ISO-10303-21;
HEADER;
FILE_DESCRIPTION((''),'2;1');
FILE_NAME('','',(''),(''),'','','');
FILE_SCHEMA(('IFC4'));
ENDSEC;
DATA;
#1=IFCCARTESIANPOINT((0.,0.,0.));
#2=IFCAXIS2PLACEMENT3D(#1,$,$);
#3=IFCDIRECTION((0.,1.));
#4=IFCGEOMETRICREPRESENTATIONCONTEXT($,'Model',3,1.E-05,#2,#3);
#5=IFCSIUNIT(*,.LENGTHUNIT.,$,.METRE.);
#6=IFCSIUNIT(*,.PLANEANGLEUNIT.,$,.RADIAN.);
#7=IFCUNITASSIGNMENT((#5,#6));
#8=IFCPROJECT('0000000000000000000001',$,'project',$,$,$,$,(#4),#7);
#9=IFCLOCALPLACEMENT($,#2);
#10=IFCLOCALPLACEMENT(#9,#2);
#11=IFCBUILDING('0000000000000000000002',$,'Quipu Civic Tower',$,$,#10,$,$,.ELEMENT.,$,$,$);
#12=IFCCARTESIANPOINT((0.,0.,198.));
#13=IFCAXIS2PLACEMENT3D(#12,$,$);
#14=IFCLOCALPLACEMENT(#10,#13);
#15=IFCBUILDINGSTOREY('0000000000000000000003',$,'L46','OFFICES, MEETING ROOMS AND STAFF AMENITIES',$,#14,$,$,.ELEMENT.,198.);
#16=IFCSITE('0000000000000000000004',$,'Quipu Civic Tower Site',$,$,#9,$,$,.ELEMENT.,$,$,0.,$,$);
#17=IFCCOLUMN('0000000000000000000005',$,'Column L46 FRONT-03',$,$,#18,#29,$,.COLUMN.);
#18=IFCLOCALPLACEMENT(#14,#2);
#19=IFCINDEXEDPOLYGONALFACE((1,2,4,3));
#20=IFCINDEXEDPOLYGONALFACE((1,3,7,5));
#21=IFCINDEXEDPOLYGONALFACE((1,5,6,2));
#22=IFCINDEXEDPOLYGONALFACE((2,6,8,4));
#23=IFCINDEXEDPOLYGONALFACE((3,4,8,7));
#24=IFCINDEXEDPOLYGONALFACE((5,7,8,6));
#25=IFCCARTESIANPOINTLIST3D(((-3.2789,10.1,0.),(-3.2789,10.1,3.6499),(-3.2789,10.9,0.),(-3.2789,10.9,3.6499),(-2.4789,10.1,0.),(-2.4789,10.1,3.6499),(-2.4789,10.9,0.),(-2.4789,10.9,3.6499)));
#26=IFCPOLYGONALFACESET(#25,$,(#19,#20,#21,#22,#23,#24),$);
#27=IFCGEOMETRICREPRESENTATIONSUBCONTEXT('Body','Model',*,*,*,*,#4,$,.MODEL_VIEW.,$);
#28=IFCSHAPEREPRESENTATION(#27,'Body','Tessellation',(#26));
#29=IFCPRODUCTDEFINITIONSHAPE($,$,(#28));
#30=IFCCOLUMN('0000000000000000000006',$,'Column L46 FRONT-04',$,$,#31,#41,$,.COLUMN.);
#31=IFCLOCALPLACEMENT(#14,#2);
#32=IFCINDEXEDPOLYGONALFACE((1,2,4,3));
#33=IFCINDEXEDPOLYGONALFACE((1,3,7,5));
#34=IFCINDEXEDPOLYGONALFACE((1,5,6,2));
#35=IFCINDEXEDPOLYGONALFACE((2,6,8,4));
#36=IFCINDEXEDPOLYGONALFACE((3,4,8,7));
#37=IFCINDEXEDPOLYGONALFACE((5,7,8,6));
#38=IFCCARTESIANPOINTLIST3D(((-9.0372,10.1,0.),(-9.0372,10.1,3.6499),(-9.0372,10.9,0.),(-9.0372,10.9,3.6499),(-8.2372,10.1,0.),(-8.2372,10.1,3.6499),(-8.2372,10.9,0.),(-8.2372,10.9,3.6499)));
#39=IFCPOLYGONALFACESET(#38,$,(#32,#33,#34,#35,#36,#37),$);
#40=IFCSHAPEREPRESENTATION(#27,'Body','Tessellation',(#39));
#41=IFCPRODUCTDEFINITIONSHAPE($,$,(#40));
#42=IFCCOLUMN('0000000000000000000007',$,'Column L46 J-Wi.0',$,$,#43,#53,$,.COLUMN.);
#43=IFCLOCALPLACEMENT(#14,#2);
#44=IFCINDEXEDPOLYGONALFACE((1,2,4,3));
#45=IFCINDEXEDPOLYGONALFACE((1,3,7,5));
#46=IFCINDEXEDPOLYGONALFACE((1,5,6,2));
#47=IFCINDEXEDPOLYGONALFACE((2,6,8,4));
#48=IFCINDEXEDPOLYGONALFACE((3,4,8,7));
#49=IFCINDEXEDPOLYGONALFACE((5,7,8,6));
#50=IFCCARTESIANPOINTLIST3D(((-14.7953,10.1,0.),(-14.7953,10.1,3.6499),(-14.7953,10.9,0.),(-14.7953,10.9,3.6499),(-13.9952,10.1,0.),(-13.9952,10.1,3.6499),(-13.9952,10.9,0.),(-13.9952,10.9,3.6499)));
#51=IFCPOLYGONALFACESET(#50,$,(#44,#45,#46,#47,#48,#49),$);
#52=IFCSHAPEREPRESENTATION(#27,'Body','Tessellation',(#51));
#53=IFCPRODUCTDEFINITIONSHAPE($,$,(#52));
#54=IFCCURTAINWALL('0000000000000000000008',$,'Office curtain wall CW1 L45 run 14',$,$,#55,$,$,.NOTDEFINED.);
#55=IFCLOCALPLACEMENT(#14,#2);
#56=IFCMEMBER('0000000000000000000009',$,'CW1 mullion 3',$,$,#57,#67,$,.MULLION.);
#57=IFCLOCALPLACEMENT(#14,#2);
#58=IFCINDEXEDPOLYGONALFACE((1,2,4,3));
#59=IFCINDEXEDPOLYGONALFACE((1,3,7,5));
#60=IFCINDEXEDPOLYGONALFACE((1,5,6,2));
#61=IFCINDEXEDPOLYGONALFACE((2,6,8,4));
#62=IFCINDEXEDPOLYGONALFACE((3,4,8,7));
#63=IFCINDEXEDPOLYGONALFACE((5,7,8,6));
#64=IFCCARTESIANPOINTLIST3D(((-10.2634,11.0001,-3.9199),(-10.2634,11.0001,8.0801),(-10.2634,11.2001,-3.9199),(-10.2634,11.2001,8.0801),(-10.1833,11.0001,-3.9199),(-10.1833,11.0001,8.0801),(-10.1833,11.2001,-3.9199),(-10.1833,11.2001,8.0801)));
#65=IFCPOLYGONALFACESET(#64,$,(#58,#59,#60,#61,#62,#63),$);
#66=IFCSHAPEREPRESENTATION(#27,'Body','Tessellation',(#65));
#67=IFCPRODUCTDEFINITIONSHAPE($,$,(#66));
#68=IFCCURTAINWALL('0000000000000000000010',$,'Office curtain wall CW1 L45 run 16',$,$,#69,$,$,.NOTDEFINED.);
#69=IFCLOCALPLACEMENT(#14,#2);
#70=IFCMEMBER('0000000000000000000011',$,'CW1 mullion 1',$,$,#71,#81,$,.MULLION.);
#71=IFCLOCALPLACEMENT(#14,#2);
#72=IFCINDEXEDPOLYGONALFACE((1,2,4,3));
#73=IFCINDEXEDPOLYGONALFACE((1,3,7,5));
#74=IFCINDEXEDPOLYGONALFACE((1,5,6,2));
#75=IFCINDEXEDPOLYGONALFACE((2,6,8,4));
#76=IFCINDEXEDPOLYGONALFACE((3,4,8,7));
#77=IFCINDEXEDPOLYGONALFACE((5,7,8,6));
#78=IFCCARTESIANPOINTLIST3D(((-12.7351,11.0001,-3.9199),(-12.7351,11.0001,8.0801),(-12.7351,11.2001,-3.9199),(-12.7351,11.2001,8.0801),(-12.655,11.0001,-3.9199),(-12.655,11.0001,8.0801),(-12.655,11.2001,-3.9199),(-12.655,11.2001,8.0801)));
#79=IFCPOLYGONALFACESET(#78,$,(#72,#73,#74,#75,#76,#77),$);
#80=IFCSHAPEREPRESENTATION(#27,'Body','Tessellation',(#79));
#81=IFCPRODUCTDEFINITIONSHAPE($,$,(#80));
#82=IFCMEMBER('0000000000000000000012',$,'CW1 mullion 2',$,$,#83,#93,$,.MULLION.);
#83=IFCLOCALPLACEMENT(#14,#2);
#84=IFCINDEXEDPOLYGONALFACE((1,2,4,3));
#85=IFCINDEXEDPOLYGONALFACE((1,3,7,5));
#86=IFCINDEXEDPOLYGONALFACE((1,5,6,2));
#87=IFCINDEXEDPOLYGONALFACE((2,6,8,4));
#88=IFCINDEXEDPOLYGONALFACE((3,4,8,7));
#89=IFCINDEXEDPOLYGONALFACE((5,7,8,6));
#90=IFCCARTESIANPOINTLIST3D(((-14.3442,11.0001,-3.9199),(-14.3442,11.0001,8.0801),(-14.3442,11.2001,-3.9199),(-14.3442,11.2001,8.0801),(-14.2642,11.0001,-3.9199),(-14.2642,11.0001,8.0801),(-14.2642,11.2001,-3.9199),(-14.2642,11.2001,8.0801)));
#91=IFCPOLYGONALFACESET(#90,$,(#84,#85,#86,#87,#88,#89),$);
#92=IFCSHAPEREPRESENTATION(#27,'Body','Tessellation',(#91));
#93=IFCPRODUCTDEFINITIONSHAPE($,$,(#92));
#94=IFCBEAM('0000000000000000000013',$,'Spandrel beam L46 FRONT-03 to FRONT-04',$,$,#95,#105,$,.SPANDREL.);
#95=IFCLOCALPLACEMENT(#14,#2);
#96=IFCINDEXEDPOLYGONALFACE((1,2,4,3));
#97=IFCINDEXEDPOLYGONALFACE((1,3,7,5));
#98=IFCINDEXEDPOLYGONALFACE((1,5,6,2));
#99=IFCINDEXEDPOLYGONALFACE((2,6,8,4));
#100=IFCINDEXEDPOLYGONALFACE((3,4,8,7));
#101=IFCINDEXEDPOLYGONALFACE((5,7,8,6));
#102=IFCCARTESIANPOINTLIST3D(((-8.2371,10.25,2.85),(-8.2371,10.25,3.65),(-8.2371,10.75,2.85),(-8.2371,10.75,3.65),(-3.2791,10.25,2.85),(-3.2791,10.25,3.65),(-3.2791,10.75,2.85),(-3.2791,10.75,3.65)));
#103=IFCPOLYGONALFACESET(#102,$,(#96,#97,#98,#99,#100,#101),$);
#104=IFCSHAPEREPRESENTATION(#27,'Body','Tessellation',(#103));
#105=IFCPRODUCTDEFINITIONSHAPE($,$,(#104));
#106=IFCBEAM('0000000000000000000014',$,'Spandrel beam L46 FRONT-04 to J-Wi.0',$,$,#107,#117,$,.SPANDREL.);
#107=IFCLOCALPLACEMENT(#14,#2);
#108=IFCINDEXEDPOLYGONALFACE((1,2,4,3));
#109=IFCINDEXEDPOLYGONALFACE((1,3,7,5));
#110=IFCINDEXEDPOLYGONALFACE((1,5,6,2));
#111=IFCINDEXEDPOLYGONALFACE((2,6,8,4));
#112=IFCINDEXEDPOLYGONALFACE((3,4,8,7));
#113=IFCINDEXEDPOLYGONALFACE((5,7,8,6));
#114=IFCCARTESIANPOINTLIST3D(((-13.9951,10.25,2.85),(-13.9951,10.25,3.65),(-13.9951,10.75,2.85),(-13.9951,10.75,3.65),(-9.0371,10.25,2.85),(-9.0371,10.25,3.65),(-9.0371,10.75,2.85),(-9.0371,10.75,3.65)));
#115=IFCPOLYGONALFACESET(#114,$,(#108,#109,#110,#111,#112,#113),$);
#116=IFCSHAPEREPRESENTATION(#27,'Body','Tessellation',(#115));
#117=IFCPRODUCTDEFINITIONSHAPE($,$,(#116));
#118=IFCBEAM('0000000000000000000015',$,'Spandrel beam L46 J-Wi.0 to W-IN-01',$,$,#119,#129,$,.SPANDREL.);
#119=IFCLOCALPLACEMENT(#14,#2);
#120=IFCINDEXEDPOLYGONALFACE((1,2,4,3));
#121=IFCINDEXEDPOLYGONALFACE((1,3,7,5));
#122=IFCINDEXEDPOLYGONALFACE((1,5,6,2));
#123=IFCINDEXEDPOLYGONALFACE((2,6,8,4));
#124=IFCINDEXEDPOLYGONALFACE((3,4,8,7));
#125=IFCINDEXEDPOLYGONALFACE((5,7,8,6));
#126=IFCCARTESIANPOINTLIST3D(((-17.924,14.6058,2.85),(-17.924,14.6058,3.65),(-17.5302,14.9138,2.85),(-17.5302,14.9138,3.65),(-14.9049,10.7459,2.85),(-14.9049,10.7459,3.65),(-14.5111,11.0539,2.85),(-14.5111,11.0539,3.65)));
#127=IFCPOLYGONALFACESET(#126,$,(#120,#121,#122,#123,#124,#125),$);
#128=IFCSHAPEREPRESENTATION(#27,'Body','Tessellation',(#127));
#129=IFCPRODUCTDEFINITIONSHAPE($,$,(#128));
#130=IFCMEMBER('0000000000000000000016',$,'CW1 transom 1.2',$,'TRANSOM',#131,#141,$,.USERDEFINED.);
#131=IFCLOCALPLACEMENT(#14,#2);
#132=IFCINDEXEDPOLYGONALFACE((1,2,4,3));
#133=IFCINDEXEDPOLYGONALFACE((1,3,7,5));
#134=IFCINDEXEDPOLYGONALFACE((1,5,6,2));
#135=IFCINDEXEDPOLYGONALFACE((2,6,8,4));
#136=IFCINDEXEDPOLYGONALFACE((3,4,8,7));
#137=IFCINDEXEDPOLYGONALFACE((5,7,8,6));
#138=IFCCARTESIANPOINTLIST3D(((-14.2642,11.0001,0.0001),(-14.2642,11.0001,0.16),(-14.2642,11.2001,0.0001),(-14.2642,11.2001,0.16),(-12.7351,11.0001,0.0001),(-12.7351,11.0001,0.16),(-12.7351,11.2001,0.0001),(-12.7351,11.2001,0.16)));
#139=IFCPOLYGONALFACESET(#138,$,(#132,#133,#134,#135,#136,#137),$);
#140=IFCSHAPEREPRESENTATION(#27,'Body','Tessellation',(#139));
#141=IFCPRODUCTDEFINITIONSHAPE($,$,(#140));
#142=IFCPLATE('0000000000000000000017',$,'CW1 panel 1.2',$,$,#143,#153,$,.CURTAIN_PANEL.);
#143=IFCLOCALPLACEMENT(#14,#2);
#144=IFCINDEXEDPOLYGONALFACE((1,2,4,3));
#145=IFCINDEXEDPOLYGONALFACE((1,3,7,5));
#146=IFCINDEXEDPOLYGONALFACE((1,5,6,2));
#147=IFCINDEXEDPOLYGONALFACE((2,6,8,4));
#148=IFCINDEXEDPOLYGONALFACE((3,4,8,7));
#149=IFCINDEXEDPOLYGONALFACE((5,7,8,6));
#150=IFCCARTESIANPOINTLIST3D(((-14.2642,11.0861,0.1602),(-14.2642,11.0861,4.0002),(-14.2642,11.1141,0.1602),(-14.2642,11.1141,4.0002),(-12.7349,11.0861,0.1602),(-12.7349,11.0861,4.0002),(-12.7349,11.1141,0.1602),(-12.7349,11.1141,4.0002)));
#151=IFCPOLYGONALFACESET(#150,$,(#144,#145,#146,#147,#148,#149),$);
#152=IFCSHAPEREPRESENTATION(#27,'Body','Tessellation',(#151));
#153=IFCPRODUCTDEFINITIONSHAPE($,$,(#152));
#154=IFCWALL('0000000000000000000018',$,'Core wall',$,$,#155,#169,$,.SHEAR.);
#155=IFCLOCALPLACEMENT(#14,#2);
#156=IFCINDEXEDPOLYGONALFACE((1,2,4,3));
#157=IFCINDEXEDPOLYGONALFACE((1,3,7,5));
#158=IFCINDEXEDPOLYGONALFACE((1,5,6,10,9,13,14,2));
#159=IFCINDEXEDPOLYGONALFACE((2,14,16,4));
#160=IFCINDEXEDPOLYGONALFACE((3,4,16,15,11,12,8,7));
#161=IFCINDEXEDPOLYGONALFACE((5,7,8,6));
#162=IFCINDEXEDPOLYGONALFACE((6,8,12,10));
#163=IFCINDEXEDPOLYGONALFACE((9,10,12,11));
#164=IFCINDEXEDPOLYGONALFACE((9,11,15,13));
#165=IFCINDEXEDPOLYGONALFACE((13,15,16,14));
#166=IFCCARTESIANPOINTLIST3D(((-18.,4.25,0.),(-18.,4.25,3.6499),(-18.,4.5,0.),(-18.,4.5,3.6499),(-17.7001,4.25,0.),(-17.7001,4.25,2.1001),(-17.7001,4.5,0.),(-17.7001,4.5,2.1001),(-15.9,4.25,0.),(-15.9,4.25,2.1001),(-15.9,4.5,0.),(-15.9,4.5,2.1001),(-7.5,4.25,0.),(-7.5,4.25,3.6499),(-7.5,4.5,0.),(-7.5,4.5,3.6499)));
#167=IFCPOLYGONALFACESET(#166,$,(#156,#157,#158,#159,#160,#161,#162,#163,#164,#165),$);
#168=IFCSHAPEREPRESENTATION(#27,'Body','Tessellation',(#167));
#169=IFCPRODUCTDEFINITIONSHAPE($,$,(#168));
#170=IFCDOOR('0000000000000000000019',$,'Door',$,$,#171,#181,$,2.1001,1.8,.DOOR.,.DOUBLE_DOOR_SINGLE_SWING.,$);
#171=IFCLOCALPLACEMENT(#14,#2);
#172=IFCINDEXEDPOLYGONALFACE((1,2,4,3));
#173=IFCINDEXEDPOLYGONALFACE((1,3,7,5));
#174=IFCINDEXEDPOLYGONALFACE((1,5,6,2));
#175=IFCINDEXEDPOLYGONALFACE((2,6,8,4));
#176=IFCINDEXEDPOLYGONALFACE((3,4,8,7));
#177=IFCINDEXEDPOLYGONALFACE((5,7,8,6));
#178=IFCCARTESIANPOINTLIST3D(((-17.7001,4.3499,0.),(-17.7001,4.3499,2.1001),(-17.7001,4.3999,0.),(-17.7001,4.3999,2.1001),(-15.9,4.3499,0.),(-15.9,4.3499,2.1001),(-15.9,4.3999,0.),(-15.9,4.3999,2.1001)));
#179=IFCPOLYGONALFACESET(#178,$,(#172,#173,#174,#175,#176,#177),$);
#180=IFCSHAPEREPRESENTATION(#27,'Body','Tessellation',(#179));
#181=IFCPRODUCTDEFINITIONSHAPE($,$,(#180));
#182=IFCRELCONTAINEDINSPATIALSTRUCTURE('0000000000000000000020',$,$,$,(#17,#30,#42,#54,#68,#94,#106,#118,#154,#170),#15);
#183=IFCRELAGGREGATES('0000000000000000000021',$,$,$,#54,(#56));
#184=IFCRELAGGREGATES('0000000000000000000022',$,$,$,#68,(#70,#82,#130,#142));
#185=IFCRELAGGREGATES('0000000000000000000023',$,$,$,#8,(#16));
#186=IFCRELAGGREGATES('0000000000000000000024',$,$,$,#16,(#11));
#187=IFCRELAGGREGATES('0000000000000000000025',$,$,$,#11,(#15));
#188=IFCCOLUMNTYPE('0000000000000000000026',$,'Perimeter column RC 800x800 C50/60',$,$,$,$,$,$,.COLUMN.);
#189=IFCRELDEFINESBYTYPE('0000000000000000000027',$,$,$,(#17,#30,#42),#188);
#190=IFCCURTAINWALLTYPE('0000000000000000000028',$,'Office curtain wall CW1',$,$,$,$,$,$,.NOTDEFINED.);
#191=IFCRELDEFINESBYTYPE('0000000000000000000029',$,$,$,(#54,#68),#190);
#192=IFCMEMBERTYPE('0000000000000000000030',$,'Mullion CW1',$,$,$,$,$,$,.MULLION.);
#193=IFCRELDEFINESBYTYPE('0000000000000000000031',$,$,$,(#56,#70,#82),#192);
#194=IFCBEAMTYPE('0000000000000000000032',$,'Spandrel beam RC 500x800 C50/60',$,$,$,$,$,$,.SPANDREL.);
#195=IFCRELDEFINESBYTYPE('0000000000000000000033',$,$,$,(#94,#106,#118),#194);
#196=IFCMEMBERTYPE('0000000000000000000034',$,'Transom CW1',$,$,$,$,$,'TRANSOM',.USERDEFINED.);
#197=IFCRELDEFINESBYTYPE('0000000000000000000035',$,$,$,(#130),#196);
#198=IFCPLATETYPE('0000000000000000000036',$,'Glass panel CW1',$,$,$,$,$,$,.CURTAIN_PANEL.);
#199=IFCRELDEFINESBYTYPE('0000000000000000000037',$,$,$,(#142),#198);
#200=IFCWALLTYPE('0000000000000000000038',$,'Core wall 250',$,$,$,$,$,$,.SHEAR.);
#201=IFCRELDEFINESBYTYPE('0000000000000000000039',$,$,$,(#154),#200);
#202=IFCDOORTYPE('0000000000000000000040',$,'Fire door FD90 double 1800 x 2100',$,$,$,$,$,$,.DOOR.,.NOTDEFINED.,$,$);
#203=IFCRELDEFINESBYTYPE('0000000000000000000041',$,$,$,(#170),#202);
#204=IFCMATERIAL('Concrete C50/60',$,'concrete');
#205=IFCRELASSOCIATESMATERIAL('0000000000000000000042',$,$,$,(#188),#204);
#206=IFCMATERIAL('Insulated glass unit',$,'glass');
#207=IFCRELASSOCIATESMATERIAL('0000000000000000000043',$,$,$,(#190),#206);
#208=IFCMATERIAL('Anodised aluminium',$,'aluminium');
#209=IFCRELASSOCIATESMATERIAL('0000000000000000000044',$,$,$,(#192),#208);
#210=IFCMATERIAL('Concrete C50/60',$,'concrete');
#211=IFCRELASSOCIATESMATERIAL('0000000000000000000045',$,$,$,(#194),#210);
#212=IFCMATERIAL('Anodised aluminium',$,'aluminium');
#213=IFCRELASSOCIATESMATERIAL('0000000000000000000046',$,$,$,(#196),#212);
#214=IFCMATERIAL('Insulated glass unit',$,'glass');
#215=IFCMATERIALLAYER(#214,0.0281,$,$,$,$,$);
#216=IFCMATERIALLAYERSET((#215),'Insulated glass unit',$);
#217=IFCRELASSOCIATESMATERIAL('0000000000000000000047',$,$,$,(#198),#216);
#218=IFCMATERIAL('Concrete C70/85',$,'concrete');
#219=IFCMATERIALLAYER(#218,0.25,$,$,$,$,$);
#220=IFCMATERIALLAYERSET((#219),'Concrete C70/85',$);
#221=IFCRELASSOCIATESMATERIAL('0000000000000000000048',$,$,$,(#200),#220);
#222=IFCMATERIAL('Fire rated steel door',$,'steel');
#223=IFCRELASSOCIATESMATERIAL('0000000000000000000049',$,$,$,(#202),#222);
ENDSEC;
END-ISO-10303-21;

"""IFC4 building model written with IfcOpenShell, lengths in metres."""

from ifc_helpers import new_model, si_unit, direction, frame, frame_2d, origin, origin_2d, place, context, subcontext, project, spatial, rectangle, extrude, material, layer, layer_set, material_profile, profile_set, type_object, element, fill, aggregate, save


model = new_model("IFC4")

# Units and contexts
model_context = context("Model", 3, precision=1e-05, world=origin(), true_north=direction((0.0, 1.0)))
body_context = subcontext(model_context, "Body", "Model", "MODEL_VIEW")
ifc_project = project(units=[si_unit("LENGTHUNIT", "METRE"), si_unit("PLANEANGLEUNIT", "RADIAN")], contexts=[model_context])

# Site, building, storey
site_placement = place(None, origin())
site = spatial("IfcSite", under=ifc_project, at=site_placement, Name="Quipu Civic Tower Site", CompositionType="ELEMENT", RefElevation=0.0)
building_placement = place(site_placement, origin())
building = spatial("IfcBuilding", under=site, at=building_placement, Name="Quipu Civic Tower", CompositionType="ELEMENT")
storey_placement = place(building_placement, frame((0.0, 0.0, 198.0)))
storey = spatial("IfcBuildingStorey", under=building, at=storey_placement, Name="L46", Description="OFFICES, MEETING ROOMS AND STAFF AMENITIES", CompositionType="ELEMENT", Elevation=198.0)

# Columns
ifc_material_1 = material(Name="Concrete C50/60", Category="concrete")
ifc_material_profile_1 = material_profile(ifc_material_1, rectangle(XDim=0.8, YDim=0.8, at=origin_2d()), Name="RC800x800")
ifc_profile_set_1 = profile_set([ifc_material_profile_1], Name="Concrete C50/60")
column_type = type_object("IfcColumnType", Name="Perimeter column RC 800x800 C50/60", PredefinedType="COLUMN", material=ifc_profile_set_1)
for number, where, z_axis, x_axis, name in (
    (1, (-2.8789, 10.5, 0.0), (0.0, 0.0, 1.0), (-1.0, 0.0, 0.0), "Column L46 FRONT-03"),
    (2, (-8.6372, 10.5, 0.0), (0.0, 0.0, 1.0), (-1.0, 0.0, 0.0), "Column L46 FRONT-04"),
    (3, (-14.3953, 10.5, 0.0), (0.0, 0.0, 1.0), (-1.0, 0.0, 0.0), "Column L46 J-Wi.0"),
):
    element("IfcColumn", number, at=place(storey_placement, frame(where, z_axis=z_axis, x_axis=x_axis)), inside=storey, type_object=column_type, Name=name, PredefinedType="COLUMN", context=body_context, shape_type="SweptSolid", body=[
        extrude(rectangle(XDim=0.8, YDim=0.8, at=origin_2d()), origin(), (0.0, 0.0, 1.0), 3.6499),
    ])

# Curtain wall, member
ifc_material_2 = material(Name="Insulated glass unit", Category="glass")
curtain_wall_type = type_object("IfcCurtainWallType", Name="Office curtain wall CW1", PredefinedType="NOTDEFINED", material=ifc_material_2)
curtain_wall_1_placement = place(storey_placement, origin())
curtain_wall_1 = element("IfcCurtainWall", 4, at=curtain_wall_1_placement, inside=storey, type_object=curtain_wall_type, Name="Office curtain wall CW1 L45 run 14", PredefinedType="NOTDEFINED")
ifc_material_3 = material(Name="Anodised aluminium", Category="aluminium")
ifc_material_profile_2 = material_profile(ifc_material_3, rectangle(XDim=0.2, YDim=0.0801, at=origin_2d()), Name="RECT 200x80")
ifc_profile_set_2 = profile_set([ifc_material_profile_2], Name="Anodised aluminium")
member_type_1 = type_object("IfcMemberType", Name="Mullion CW1", PredefinedType="MULLION", material=ifc_profile_set_2)
member_1_placement = place(storey_placement, frame((-10.2234, 11.1001, -3.9199), z_axis=(0.0, 0.0, 1.0), x_axis=(0.0, -1.0, 0.0)))
member_1 = element("IfcMember", 5, at=member_1_placement, type_object=member_type_1, Name="CW1 mullion 3", PredefinedType="MULLION", context=body_context, shape_type="SweptSolid", body=[
    extrude(rectangle(XDim=0.2, YDim=0.0801, at=origin_2d()), origin(), (0.0, 0.0, 1.0), 12.0),
])
aggregate(curtain_wall_1, [member_1])

# Curtain wall, members
curtain_wall_2_placement = place(storey_placement, origin())
curtain_wall_2 = element("IfcCurtainWall", 6, at=curtain_wall_2_placement, inside=storey, type_object=curtain_wall_type, Name="Office curtain wall CW1 L45 run 16", PredefinedType="NOTDEFINED")
member_2_placement = place(storey_placement, frame((-12.6951, 11.1001, -3.9199), z_axis=(0.0, 0.0, 1.0), x_axis=(0.0, -1.0, 0.0)))
member_2 = element("IfcMember", 7, at=member_2_placement, type_object=member_type_1, Name="CW1 mullion 1", PredefinedType="MULLION", context=body_context, shape_type="SweptSolid", body=[
    extrude(rectangle(XDim=0.2, YDim=0.0801, at=origin_2d()), origin(), (0.0, 0.0, 1.0), 12.0),
])
member_3_placement = place(storey_placement, frame((-14.3042, 11.1001, -3.9199), z_axis=(0.0, 0.0, 1.0), x_axis=(0.0, -1.0, 0.0)))
member_3 = element("IfcMember", 8, at=member_3_placement, type_object=member_type_1, Name="CW1 mullion 2", PredefinedType="MULLION", context=body_context, shape_type="SweptSolid", body=[
    extrude(rectangle(XDim=0.2, YDim=0.0801, at=origin_2d()), origin(), (0.0, 0.0, 1.0), 12.0),
])

# Beams
ifc_material_4 = material(Name="Concrete C50/60", Category="concrete")
ifc_material_profile_3 = material_profile(ifc_material_4, rectangle(XDim=0.5, YDim=0.8, at=origin_2d()), Name="RC500x800")
ifc_profile_set_3 = profile_set([ifc_material_profile_3], Name="Concrete C50/60")
beam_type = type_object("IfcBeamType", Name="Spandrel beam RC 500x800 C50/60", PredefinedType="SPANDREL", material=ifc_profile_set_3)
for number, where, z_axis, x_axis, name in (
    (9, (-3.2791, 10.5, 3.25), (-1.0, 0.0, 0.0), (0.0, -1.0, 0.0), "Spandrel beam L46 FRONT-03 to FRONT-04"),
    (10, (-9.0371, 10.5, 3.25), (-1.0, 0.0, 0.0), (0.0, -1.0, 0.0), "Spandrel beam L46 FRONT-04 to J-Wi.0"),
):
    element("IfcBeam", number, at=place(storey_placement, frame(where, z_axis=z_axis, x_axis=x_axis)), inside=storey, type_object=beam_type, Name=name, PredefinedType="SPANDREL", context=body_context, shape_type="SweptSolid", body=[
        extrude(rectangle(XDim=0.5, YDim=0.8, at=origin_2d()), origin(), (0.0, 0.0, 1.0), 4.958),
    ])
beam_placement = place(storey_placement, frame((-14.708, 10.8999, 3.25), z_axis=(-0.616091, 0.787675, 0.0), x_axis=(-0.787675, -0.616091, 0.0)))
element("IfcBeam", 11, at=beam_placement, inside=storey, type_object=beam_type, Name="Spandrel beam L46 J-Wi.0 to W-IN-01", PredefinedType="SPANDREL", context=body_context, shape_type="SweptSolid", body=[
    extrude(rectangle(XDim=0.5, YDim=0.8, at=origin_2d()), origin(), (0.0, 0.0, 1.0), 4.9004),
])

# Member
ifc_material_5 = material(Name="Anodised aluminium", Category="aluminium")
ifc_material_profile_4 = material_profile(ifc_material_5, rectangle(XDim=0.2, YDim=0.1599, at=origin_2d()), Name="RECT 200x160")
ifc_profile_set_4 = profile_set([ifc_material_profile_4], Name="Anodised aluminium")
member_type_2 = type_object("IfcMemberType", Name="Transom CW1", ElementType="TRANSOM", PredefinedType="USERDEFINED", material=ifc_profile_set_4)
member_4_placement = place(storey_placement, frame((-12.7351, 11.1001, 0.0801), z_axis=(-1.0, 0.0, 0.0), x_axis=(0.0, -1.0, 0.0)))
member_4 = element("IfcMember", 12, at=member_4_placement, type_object=member_type_2, Name="CW1 transom 1.2", ObjectType="TRANSOM", PredefinedType="USERDEFINED", context=body_context, shape_type="SweptSolid", body=[
    extrude(rectangle(XDim=0.2, YDim=0.1599, at=origin_2d()), origin(), (0.0, 0.0, 1.0), 1.5291),
])

# Plate
ifc_material_6 = material(Name="Insulated glass unit", Category="glass")
ifc_layer_1 = layer(ifc_material_6, 0.0281)
ifc_layer_set_1 = layer_set([ifc_layer_1], Name="Insulated glass unit")
plate_type = type_object("IfcPlateType", Name="Glass panel CW1", PredefinedType="CURTAIN_PANEL", material=ifc_layer_set_1)
plate_placement = place(storey_placement, frame((-13.4995, 11.1001, 0.1602), z_axis=(0.0, 0.0, 1.0), x_axis=(-1.0, 0.0, 0.0)))
plate = element("IfcPlate", 13, at=plate_placement, type_object=plate_type, Name="CW1 panel 1.2", PredefinedType="CURTAIN_PANEL", context=body_context, shape_type="SweptSolid", body=[
    extrude(rectangle(XDim=1.5293, YDim=0.0281, at=origin_2d()), origin(), (0.0, 0.0, 1.0), 3.8401),
])
aggregate(curtain_wall_2, [member_2, member_3, member_4, plate])

# Wall, opening, door
ifc_material_7 = material(Name="Concrete C70/85", Category="concrete")
ifc_layer_2 = layer(ifc_material_7, 0.25)
ifc_layer_set_2 = layer_set([ifc_layer_2], Name="Concrete C70/85")
wall_type_1 = type_object("IfcWallType", Name="Core wall 250", PredefinedType="SHEAR", material=ifc_layer_set_2)
wall_1_placement = place(storey_placement, frame((-18.0, 4.375, 0.0), z_axis=(0.0, 0.0, 1.0), x_axis=(1.0, 0.0, 0.0)))
wall_1 = element("IfcWall", 14, at=wall_1_placement, inside=storey, type_object=wall_type_1, Name="Core wall", PredefinedType="SHEAR", context=body_context, shape_type="SweptSolid", body=[
    extrude(rectangle(XDim=10.5, YDim=0.25, at=frame_2d((5.25, 0.0))), origin(), (0.0, 0.0, 1.0), 3.6499),
])
opening_1_placement = place(wall_1_placement, frame((0.3, 0.0, 0.0)))
opening_1 = element("IfcOpeningElement", 15, at=opening_1_placement, cuts=wall_1, PredefinedType="OPENING", context=body_context, shape_type="SweptSolid", body=[
    extrude(rectangle(XDim=1.8, YDim=2.1001, at=frame_2d((0.8999, 1.05))), frame((0.0, 0.135, 0.0), z_axis=(0.0, -1.0, 0.0), x_axis=(1.0, 0.0, 0.0)), (0.0, 0.0, 1.0), 0.27),
])
ifc_material_8 = material(Name="Fire rated steel door", Category="steel")
door_type_1 = type_object("IfcDoorType", Name="Fire door FD90 double 1800 x 2100", OperationType="NOTDEFINED", PredefinedType="DOOR", material=ifc_material_8)
door_1_placement = place(opening_1_placement, origin())
door_1 = element("IfcDoor", 16, at=door_1_placement, inside=storey, type_object=door_type_1, Name="Door", OperationType="DOUBLE_DOOR_SINGLE_SWING", OverallHeight=2.1001, OverallWidth=1.8, PredefinedType="DOOR", context=body_context, shape_type="SweptSolid", body=[
    extrude(rectangle(XDim=1.8, YDim=2.1001, at=frame_2d((0.8999, 1.05))), frame((0.0, 0.0249, 0.0), z_axis=(0.0, -1.0, 0.0), x_axis=(1.0, 0.0, 0.0)), (0.0, 0.0, 1.0), 0.05),
])
fill(opening_1, door_1)

save(model, "model.ifc")
